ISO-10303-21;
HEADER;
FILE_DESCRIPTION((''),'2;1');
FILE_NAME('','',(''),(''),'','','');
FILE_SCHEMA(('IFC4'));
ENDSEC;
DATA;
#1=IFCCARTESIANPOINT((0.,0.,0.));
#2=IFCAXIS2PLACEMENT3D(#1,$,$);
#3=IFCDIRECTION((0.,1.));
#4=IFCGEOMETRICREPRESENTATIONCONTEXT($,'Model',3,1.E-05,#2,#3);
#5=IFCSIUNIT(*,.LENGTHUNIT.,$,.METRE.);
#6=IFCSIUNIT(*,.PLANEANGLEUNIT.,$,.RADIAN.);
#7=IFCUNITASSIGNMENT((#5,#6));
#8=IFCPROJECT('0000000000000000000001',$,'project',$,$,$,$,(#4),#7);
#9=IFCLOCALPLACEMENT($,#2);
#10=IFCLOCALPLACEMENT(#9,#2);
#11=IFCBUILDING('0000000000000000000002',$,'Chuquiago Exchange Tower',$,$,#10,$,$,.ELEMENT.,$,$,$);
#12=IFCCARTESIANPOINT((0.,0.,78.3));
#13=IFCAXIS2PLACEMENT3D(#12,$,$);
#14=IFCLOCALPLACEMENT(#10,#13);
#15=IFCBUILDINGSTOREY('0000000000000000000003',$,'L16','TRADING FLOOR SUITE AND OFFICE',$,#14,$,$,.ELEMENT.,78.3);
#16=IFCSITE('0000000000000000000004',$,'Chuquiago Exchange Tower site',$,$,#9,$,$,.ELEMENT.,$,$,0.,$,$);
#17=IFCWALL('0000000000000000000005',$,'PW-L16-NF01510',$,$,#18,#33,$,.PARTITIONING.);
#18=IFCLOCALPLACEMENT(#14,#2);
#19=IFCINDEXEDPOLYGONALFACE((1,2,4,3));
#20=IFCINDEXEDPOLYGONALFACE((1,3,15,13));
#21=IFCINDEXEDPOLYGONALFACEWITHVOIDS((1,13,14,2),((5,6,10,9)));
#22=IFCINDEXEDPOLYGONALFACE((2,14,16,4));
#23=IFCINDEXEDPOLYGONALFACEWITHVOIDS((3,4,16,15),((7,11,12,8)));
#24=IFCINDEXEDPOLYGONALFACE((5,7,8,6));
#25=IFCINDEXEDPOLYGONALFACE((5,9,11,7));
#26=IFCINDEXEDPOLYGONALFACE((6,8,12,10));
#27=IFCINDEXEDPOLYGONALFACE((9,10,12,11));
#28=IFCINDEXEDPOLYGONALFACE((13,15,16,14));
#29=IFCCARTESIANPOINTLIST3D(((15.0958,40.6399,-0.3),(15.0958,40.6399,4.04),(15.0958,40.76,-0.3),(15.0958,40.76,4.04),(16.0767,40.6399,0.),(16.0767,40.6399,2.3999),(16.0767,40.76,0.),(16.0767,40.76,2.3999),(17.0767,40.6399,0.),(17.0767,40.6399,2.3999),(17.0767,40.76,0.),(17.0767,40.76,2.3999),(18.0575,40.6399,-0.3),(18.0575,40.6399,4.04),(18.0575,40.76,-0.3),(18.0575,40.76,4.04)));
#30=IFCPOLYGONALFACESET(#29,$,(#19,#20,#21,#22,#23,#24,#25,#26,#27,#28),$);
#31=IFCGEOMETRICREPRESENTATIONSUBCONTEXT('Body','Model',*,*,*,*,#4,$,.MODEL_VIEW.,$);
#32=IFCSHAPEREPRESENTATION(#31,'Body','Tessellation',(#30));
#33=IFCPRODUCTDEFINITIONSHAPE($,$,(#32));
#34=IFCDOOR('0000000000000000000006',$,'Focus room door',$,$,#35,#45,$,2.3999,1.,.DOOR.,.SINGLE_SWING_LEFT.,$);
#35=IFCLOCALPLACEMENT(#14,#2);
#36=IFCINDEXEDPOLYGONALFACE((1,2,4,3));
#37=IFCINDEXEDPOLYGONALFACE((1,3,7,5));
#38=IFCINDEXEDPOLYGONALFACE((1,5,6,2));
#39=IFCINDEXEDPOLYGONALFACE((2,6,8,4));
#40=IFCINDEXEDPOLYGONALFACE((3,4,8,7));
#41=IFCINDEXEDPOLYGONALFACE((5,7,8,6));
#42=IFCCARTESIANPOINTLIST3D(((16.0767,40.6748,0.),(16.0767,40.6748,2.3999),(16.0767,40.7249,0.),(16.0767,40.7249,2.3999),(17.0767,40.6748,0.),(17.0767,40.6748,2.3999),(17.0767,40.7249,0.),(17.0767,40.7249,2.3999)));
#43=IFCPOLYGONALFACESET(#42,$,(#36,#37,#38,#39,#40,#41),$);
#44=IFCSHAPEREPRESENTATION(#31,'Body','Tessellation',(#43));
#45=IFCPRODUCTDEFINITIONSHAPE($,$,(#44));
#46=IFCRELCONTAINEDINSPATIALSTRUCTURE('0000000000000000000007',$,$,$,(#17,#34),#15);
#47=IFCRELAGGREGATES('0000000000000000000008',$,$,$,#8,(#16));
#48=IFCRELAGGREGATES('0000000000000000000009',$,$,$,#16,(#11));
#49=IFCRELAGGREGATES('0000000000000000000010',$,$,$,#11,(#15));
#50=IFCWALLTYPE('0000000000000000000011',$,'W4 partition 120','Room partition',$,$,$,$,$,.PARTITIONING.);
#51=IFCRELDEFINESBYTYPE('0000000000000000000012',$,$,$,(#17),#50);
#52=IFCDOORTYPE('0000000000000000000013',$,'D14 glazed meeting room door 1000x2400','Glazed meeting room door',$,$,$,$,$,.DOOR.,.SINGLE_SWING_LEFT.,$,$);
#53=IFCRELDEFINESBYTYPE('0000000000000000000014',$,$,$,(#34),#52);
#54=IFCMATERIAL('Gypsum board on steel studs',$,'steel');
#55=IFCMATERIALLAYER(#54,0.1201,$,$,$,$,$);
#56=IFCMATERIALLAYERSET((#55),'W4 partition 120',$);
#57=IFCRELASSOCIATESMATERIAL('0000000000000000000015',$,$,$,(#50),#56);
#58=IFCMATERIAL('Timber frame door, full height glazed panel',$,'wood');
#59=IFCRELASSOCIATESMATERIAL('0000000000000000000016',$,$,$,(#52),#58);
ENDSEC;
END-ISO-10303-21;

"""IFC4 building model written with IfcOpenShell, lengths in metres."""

from ifc_helpers import new_model, si_unit, direction, frame, frame_2d, origin, place, context, subcontext, project, spatial, rectangle, extrude, material, layer, layer_set, type_object, element, fill, save


model = new_model("IFC4")

# Units and contexts
model_context = context("Model", 3, precision=1e-05, world=origin(), true_north=direction((0.0, 1.0)))
body_context = subcontext(model_context, "Body", "Model", "MODEL_VIEW")
ifc_project = project(units=[si_unit("LENGTHUNIT", "METRE"), si_unit("PLANEANGLEUNIT", "RADIAN")], contexts=[model_context])

# Site, building, storey
site_placement = place(None, origin())
site = spatial("IfcSite", under=ifc_project, at=site_placement, Name="Chuquiago Exchange Tower site", CompositionType="ELEMENT", RefElevation=0.0)
building_placement = place(site_placement, origin())
building = spatial("IfcBuilding", under=site, at=building_placement, Name="Chuquiago Exchange Tower", CompositionType="ELEMENT")
storey_placement = place(building_placement, frame((0.0, 0.0, 78.3)))
storey = spatial("IfcBuildingStorey", under=building, at=storey_placement, Name="L16", Description="TRADING FLOOR SUITE AND OFFICE", CompositionType="ELEMENT", Elevation=78.3)

# Shared definitions
ifc_material_1 = material(Name="Gypsum board on steel studs", Category="steel")
ifc_layer_1 = layer(ifc_material_1, 0.1201)
ifc_layer_set_1 = layer_set([ifc_layer_1], Name="W4 partition 120")
wall_type_1 = type_object("IfcWallType", Name="W4 partition 120", Description="Room partition", PredefinedType="PARTITIONING", material=ifc_layer_set_1)

# Wall, opening, door
wall_1_placement = place(storey_placement, frame((15.0957, 40.7, -0.3), z_axis=(0.0, 0.0, 1.0), x_axis=(1.0, 0.0, 0.0)))
wall_1 = element("IfcWall", 1, at=wall_1_placement, inside=storey, type_object=wall_type_1, Name="PW-L16-NF01510", PredefinedType="PARTITIONING", context=body_context, shape_type="SweptSolid", body=[
    extrude(rectangle(XDim=2.9617, YDim=0.1201, at=frame_2d((1.481, 0.0))), origin(), (0.0, 0.0, 1.0), 4.3401),
])
opening_1_placement = place(wall_1_placement, frame((0.981, 0.0, 0.3)))
opening_1 = element("IfcOpeningElement", 2, at=opening_1_placement, cuts=wall_1, PredefinedType="OPENING", context=body_context, shape_type="SweptSolid", body=[
    extrude(rectangle(XDim=1.0, YDim=2.3999, at=frame_2d((0.5, 1.2))), frame((0.0, 0.0701, 0.0), z_axis=(0.0, -1.0, 0.0), x_axis=(1.0, 0.0, 0.0)), (0.0, 0.0, 1.0), 0.1401),
])
ifc_material_2 = material(Name="Timber frame door, full height glazed panel", Category="wood")
door_type_1 = type_object("IfcDoorType", Name="D14 glazed meeting room door 1000x2400", Description="Glazed meeting room door", OperationType="SINGLE_SWING_LEFT", PredefinedType="DOOR", material=ifc_material_2)
door_1_placement = place(opening_1_placement, origin())
door_1 = element("IfcDoor", 3, at=door_1_placement, inside=storey, type_object=door_type_1, Name="Focus room door", OperationType="SINGLE_SWING_LEFT", OverallHeight=2.3999, OverallWidth=1.0, PredefinedType="DOOR", context=body_context, shape_type="SweptSolid", body=[
    extrude(rectangle(XDim=1.0, YDim=2.3999, at=frame_2d((0.5, 1.2))), frame((0.0, 0.0249, 0.0), z_axis=(0.0, -1.0, 0.0), x_axis=(1.0, 0.0, 0.0)), (0.0, 0.0, 1.0), 0.05),
])
fill(opening_1, door_1)

save(model, "model.ifc")
